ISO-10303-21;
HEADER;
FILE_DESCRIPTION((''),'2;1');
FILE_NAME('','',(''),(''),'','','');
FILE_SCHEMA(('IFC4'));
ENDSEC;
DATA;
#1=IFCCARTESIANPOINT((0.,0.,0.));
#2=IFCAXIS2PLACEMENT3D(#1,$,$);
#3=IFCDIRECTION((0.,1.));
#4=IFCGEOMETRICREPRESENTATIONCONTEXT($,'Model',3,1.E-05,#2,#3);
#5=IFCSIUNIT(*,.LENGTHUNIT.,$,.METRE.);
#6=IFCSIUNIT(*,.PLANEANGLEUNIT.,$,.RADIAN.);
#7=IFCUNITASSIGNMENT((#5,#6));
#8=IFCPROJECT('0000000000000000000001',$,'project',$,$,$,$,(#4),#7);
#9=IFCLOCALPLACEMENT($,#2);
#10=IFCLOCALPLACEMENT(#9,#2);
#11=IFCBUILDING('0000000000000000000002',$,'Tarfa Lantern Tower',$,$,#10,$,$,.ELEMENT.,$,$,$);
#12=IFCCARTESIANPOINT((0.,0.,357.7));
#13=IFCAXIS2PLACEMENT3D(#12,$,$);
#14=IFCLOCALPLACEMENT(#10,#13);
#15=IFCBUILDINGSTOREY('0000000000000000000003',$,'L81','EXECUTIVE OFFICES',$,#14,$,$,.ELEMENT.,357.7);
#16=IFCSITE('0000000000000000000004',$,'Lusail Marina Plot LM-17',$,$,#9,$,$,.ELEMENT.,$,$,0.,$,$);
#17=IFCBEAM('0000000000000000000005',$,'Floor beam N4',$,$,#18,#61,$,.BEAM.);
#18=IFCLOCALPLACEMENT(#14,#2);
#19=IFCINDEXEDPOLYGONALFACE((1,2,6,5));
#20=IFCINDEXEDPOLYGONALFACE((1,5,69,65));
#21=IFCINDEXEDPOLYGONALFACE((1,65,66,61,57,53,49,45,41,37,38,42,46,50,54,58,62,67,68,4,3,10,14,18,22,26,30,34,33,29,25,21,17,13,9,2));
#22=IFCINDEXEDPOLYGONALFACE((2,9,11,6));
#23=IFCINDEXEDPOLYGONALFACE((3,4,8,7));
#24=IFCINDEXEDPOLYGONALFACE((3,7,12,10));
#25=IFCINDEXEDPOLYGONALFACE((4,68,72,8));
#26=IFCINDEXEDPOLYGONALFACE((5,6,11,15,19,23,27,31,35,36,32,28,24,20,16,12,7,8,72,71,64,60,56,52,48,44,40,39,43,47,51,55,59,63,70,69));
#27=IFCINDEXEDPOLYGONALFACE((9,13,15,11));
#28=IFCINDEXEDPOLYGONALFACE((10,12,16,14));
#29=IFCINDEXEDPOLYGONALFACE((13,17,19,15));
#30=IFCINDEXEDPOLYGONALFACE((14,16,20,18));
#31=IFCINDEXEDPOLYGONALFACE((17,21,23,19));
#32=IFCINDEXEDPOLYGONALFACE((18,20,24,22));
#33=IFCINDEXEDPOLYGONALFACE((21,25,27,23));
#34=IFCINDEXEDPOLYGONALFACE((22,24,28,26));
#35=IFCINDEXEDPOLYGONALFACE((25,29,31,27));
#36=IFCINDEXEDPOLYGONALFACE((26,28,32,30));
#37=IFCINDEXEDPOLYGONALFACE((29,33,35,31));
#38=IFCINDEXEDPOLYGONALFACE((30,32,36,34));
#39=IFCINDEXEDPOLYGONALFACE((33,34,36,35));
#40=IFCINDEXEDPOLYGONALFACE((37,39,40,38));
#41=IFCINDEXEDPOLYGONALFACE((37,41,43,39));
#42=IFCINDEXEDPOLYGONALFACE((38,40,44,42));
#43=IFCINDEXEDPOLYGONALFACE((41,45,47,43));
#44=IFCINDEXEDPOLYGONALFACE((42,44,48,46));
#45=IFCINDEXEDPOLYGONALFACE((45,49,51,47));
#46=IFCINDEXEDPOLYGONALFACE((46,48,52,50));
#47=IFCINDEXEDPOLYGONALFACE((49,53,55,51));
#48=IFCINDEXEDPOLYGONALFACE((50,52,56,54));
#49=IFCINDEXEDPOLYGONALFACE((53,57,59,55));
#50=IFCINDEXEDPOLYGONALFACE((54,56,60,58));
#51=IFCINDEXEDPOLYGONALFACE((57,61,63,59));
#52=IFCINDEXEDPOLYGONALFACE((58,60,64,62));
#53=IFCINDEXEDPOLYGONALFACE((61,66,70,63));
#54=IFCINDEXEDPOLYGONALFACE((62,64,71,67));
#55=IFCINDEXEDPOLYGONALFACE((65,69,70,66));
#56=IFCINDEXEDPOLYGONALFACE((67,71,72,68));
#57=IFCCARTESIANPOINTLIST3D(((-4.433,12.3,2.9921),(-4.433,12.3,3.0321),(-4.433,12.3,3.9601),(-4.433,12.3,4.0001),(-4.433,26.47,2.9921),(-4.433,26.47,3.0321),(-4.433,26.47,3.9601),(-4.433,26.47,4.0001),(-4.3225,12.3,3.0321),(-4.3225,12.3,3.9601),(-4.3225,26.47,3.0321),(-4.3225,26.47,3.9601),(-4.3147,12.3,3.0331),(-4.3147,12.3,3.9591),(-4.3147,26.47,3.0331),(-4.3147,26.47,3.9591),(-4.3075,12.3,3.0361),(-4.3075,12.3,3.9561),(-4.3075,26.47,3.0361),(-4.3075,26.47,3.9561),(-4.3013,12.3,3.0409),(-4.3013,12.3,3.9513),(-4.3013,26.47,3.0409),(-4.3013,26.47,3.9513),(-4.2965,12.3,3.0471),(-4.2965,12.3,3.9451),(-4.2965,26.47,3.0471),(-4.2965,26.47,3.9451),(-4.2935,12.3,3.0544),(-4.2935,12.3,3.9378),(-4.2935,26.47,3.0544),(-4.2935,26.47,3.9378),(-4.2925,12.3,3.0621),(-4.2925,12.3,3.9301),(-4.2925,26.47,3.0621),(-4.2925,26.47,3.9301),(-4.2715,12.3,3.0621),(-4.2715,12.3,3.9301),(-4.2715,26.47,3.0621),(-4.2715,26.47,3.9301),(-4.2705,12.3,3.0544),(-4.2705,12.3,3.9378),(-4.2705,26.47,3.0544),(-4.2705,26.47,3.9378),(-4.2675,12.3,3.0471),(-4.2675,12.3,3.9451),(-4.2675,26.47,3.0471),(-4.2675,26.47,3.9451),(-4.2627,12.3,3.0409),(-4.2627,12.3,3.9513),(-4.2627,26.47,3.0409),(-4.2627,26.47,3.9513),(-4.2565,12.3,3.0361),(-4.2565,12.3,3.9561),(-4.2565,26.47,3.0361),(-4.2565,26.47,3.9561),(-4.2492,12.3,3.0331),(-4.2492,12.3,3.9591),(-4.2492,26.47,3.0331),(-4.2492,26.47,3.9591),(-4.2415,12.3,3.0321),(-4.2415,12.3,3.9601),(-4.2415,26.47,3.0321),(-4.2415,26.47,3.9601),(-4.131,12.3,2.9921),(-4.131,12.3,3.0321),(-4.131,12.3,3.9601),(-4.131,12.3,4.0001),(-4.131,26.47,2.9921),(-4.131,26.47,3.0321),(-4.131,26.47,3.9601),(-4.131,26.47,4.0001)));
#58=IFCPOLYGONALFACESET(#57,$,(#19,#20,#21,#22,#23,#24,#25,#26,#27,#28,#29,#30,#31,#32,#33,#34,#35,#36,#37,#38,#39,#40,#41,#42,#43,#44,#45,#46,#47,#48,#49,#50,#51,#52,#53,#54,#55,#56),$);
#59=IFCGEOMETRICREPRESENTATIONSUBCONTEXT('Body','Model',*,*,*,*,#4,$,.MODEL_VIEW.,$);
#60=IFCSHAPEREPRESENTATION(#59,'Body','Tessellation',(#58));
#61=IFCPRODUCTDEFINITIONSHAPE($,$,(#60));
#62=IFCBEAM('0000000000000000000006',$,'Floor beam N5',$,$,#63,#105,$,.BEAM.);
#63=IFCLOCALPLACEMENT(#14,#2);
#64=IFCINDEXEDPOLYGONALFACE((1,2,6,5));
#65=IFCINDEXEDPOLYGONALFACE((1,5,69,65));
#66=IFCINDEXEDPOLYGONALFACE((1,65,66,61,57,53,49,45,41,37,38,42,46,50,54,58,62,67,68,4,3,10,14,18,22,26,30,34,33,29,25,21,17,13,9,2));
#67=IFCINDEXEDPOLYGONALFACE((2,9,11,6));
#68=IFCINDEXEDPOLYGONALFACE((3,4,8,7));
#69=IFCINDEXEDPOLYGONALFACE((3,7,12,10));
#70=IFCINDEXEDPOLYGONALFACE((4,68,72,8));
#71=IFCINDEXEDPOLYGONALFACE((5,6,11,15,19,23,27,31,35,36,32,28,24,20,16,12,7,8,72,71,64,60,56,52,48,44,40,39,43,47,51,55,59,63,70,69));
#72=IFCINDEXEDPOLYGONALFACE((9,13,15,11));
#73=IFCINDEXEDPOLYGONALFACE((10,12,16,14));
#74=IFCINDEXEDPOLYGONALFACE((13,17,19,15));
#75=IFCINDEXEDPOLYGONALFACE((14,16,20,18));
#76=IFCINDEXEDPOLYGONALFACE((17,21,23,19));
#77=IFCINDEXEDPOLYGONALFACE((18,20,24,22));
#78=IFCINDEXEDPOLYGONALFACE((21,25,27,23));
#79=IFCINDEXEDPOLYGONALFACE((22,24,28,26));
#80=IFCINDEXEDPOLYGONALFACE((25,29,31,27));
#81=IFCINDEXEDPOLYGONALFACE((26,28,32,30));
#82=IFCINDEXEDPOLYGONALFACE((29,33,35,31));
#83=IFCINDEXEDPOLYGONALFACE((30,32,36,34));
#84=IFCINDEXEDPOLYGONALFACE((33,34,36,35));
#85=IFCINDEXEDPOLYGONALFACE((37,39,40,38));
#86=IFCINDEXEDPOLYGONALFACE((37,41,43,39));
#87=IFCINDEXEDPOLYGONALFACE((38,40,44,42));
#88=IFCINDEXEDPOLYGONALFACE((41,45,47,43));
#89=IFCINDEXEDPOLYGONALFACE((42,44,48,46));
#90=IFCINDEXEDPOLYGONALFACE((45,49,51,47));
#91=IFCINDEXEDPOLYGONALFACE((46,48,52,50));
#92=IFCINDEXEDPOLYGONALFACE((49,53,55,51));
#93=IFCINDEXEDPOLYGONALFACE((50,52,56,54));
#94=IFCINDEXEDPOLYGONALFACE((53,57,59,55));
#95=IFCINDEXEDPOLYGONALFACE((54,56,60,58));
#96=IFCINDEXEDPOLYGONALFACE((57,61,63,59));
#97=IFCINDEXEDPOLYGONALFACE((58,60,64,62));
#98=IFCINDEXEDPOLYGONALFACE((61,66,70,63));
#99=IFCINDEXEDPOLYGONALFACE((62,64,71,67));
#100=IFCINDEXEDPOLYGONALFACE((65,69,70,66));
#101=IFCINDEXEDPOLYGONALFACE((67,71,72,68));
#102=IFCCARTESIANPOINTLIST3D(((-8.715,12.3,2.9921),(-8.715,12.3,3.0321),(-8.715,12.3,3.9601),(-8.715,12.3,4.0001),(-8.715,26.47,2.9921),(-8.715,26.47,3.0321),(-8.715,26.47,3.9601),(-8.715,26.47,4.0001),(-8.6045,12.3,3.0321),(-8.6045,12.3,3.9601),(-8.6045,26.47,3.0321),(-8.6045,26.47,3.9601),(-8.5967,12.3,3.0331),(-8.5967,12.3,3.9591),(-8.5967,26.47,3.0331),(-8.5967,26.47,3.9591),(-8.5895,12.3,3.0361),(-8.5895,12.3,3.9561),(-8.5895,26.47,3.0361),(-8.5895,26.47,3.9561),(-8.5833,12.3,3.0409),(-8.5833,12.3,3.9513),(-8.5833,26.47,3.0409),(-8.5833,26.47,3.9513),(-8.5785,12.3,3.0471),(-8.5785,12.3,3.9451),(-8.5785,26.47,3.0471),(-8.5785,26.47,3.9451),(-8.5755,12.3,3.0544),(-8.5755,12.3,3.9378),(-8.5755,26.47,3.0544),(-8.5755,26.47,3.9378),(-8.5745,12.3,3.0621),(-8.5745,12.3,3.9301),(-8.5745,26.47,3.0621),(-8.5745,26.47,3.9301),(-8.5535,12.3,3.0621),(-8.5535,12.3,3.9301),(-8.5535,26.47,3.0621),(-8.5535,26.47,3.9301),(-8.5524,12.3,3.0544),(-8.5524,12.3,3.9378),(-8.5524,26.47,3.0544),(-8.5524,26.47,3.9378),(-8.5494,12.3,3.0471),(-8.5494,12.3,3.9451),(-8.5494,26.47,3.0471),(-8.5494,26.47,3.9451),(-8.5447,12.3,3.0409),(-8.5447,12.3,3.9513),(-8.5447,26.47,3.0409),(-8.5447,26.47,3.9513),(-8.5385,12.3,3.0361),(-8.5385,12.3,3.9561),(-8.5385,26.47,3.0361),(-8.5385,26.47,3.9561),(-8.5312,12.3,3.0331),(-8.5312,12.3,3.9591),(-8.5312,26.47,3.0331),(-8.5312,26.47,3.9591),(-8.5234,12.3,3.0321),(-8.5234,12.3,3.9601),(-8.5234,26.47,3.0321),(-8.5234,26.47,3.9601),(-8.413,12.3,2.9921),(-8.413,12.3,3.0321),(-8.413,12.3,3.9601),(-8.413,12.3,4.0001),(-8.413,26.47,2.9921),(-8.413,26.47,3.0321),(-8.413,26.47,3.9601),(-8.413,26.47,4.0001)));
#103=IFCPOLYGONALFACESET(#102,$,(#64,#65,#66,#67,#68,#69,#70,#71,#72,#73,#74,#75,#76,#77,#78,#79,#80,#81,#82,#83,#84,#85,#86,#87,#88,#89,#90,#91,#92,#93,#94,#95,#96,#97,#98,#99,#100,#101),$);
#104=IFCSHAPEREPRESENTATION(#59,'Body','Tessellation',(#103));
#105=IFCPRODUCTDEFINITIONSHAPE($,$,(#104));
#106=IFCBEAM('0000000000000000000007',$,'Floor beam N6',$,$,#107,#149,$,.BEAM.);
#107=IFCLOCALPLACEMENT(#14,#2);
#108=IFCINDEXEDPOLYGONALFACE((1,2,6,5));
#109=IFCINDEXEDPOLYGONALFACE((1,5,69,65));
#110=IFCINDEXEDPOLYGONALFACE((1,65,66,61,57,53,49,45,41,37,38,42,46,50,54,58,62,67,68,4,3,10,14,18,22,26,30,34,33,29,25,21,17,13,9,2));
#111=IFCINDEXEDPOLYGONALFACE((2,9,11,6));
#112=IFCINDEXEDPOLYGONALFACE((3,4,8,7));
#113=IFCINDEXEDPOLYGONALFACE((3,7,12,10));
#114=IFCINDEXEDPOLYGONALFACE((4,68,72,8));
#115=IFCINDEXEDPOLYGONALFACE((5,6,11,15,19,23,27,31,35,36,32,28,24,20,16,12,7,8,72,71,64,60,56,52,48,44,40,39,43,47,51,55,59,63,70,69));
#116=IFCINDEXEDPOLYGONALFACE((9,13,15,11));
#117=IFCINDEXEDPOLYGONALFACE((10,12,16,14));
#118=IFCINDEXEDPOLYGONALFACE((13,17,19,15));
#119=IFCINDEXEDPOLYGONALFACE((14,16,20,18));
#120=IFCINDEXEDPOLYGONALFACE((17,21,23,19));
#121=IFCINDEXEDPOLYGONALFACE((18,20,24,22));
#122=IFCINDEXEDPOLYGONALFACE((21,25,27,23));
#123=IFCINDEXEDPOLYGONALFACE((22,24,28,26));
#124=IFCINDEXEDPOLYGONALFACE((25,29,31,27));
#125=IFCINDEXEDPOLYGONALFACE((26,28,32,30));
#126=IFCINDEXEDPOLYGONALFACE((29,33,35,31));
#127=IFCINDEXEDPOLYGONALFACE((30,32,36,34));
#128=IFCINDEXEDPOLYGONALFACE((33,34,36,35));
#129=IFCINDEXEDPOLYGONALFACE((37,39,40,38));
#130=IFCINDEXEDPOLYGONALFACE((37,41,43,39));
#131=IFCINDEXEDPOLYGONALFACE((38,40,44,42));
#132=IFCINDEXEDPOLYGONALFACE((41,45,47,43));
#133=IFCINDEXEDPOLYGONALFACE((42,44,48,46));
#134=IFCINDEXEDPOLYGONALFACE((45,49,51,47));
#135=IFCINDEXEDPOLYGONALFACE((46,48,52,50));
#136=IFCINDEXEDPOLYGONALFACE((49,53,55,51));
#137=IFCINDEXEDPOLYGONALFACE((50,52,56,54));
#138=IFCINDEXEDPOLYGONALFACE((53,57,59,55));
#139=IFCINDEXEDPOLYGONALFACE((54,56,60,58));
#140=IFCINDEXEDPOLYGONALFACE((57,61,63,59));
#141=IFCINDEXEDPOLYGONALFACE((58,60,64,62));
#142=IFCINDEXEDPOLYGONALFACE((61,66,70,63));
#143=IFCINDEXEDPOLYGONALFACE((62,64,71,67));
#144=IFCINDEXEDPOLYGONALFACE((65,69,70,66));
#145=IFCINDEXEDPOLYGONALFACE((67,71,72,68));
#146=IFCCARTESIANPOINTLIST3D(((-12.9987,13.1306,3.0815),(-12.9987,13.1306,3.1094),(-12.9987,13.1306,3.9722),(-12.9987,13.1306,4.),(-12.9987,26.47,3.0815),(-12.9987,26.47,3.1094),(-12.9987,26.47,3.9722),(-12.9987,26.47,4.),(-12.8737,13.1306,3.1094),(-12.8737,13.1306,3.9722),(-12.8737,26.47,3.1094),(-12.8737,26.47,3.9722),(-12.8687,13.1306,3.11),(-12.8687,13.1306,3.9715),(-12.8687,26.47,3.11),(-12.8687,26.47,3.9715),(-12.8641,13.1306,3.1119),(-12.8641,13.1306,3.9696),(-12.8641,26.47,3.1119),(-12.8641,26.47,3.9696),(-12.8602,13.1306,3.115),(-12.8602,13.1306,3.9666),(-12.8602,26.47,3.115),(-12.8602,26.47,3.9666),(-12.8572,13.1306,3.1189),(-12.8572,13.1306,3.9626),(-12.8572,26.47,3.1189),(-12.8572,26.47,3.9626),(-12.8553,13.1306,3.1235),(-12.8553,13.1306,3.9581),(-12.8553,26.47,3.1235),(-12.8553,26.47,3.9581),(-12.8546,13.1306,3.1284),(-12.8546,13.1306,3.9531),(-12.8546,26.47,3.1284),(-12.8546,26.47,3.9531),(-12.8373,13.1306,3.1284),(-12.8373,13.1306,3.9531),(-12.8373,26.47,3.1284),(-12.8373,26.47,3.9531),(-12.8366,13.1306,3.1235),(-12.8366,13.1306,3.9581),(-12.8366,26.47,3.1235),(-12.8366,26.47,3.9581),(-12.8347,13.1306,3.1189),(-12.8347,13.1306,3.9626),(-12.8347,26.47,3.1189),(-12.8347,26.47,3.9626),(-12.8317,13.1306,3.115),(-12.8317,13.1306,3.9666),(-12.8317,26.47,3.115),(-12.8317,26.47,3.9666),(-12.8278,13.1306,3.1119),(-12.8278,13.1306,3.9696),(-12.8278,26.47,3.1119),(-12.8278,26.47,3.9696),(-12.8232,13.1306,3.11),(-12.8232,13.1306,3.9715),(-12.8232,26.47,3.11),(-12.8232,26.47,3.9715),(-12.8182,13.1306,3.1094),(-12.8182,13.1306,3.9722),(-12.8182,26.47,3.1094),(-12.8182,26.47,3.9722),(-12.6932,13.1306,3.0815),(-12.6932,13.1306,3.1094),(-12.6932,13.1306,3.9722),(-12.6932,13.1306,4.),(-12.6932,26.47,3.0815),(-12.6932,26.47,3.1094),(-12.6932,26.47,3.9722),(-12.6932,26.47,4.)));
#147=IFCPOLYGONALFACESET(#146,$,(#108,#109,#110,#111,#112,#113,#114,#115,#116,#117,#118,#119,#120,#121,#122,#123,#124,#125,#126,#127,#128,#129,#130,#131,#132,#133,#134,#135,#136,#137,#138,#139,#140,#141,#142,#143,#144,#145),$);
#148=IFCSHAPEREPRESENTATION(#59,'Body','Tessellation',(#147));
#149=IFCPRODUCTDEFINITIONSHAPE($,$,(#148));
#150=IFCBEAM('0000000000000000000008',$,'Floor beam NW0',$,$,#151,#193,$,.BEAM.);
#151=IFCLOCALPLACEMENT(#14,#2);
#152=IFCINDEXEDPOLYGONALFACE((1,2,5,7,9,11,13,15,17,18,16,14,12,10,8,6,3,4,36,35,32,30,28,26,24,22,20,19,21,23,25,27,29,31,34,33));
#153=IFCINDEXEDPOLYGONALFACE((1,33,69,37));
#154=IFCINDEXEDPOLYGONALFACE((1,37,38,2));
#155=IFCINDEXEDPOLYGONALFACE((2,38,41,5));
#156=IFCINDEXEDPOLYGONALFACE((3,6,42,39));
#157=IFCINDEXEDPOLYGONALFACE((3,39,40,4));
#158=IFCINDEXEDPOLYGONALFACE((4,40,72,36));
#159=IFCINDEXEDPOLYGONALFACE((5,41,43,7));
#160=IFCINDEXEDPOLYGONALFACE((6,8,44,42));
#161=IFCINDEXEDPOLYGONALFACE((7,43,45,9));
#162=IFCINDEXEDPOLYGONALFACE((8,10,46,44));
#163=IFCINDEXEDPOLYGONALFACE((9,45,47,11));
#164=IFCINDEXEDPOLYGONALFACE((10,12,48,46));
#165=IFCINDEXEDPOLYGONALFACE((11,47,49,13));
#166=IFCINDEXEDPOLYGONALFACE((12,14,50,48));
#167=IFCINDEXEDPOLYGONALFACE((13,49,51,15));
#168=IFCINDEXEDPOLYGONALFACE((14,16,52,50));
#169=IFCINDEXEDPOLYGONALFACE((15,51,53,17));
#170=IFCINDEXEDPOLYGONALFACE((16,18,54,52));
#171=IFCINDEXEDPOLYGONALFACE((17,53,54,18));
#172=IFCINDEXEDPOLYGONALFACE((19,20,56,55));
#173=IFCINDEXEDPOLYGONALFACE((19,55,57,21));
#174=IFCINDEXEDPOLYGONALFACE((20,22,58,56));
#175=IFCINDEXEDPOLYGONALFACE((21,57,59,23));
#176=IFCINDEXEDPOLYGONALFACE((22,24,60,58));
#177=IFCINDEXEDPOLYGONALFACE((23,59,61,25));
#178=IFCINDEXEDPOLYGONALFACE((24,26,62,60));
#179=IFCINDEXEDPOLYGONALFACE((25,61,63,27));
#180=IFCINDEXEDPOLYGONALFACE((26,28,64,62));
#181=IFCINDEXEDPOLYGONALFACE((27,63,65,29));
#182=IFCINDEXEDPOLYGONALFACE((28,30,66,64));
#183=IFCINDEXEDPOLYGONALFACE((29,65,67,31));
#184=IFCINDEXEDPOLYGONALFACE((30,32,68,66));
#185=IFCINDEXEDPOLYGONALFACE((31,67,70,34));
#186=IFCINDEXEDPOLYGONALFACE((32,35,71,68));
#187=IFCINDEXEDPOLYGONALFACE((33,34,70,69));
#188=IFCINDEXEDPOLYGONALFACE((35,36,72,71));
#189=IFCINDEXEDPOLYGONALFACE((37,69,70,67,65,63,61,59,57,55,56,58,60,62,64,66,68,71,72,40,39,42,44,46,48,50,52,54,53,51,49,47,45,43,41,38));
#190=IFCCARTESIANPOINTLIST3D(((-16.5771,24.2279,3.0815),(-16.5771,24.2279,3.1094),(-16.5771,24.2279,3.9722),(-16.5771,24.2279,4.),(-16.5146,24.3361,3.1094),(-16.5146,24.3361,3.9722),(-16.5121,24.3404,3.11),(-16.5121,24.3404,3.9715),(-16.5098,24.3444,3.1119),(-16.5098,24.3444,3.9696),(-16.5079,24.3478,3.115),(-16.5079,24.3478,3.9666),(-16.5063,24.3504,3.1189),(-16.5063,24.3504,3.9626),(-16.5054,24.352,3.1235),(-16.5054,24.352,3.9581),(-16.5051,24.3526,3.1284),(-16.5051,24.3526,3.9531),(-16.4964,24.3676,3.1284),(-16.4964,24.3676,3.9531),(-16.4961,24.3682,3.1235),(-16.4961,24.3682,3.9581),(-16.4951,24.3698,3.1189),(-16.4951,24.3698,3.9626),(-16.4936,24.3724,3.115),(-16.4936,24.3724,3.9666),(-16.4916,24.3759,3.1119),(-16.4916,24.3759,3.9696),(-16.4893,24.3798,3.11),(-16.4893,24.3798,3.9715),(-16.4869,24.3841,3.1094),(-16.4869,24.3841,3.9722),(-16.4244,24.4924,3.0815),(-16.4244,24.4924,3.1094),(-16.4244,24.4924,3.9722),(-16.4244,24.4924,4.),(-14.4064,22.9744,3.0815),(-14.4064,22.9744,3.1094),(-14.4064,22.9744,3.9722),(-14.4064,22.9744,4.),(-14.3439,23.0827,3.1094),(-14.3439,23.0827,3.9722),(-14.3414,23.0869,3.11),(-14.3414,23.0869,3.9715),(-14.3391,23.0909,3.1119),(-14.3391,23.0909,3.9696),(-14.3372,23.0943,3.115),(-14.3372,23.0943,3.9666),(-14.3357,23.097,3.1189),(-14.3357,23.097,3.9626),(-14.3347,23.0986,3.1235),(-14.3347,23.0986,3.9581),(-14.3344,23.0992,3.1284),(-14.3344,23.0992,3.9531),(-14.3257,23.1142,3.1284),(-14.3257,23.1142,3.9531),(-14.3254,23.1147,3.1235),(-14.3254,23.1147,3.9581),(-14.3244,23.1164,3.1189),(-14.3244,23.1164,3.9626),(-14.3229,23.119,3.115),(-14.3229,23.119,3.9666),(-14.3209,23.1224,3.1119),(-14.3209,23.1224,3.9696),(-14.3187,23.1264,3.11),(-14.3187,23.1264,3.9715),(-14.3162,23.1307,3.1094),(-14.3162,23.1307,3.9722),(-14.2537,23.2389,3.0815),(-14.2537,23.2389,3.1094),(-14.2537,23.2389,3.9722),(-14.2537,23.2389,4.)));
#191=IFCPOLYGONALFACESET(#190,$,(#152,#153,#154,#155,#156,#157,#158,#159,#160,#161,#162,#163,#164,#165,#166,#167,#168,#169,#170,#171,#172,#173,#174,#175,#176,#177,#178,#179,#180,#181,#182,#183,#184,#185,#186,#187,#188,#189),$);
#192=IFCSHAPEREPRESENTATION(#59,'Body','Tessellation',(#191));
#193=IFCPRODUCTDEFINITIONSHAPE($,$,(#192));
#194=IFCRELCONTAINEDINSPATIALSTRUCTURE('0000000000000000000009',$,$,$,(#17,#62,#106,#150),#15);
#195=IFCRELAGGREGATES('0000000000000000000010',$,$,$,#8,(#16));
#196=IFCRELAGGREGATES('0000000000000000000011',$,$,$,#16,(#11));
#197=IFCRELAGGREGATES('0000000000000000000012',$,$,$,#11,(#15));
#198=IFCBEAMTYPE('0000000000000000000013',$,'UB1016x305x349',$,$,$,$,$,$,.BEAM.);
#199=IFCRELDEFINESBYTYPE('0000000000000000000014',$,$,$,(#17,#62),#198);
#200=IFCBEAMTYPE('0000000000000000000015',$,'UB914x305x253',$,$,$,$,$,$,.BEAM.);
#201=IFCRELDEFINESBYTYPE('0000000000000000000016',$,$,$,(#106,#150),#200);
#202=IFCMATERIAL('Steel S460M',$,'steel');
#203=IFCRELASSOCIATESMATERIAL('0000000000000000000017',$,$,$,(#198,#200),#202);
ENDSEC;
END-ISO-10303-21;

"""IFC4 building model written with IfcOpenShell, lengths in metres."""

from ifc_helpers import new_model, si_unit, direction, frame, origin, origin_2d, place, context, subcontext, project, spatial, i_section, extrude, material, material_profile, profile_set, type_object, element, save


model = new_model("IFC4")

# Units and contexts
model_context = context("Model", 3, precision=1e-05, world=origin(), true_north=direction((0.0, 1.0)))
body_context = subcontext(model_context, "Body", "Model", "MODEL_VIEW")
ifc_project = project(units=[si_unit("LENGTHUNIT", "METRE"), si_unit("PLANEANGLEUNIT", "RADIAN")], contexts=[model_context])

# Site, building, storey
site_placement = place(None, origin())
site = spatial("IfcSite", under=ifc_project, at=site_placement, Name="Lusail Marina Plot LM-17", CompositionType="ELEMENT", RefElevation=0.0)
building_placement = place(site_placement, origin())
building = spatial("IfcBuilding", under=site, at=building_placement, Name="Tarfa Lantern Tower", CompositionType="ELEMENT")
storey_placement = place(building_placement, frame((0.0, 0.0, 357.7)))
storey = spatial("IfcBuildingStorey", under=building, at=storey_placement, Name="L81", Description="EXECUTIVE OFFICES", CompositionType="ELEMENT", Elevation=357.7)

# Beams
ifc_material_1 = material(Name="Steel S460M", Category="steel")
ifc_material_profile_1 = material_profile(ifc_material_1, i_section(OverallWidth=0.302, OverallDepth=1.0081, WebThickness=0.021, FlangeThickness=0.04, FilletRadius=0.03, at=origin_2d()), Name="UB1016x305x349")
ifc_profile_set_1 = profile_set([ifc_material_profile_1], Name="Steel S460M")
beam_type_1 = type_object("IfcBeamType", Name="UB1016x305x349", PredefinedType="BEAM", material=ifc_profile_set_1)
for number, where, z_axis, x_axis, name in (
    (1, (-4.282, 26.47, 3.4961), (0.0, -1.0, 0.0), (1.0, 0.0, 0.0), "Floor beam N4"),
    (2, (-8.564, 26.47, 3.4961), (0.0, -1.0, 0.0), (1.0, 0.0, 0.0), "Floor beam N5"),
):
    element("IfcBeam", number, at=place(storey_placement, frame(where, z_axis=z_axis, x_axis=x_axis)), inside=storey, type_object=beam_type_1, Name=name, PredefinedType="BEAM", context=body_context, shape_type="SweptSolid", body=[
        extrude(i_section(OverallWidth=0.302, OverallDepth=1.0081, WebThickness=0.021, FlangeThickness=0.04, FilletRadius=0.03, at=origin_2d()), origin(), (0.0, 0.0, 1.0), 14.1699),
    ])
ifc_material_profile_2 = material_profile(ifc_material_1, i_section(OverallWidth=0.3054, OverallDepth=0.9185, WebThickness=0.0173, FlangeThickness=0.0278, FilletRadius=0.019, at=origin_2d()), Name="UB914x305x253")
ifc_profile_set_2 = profile_set([ifc_material_profile_2], Name="Steel S460M")
beam_type_2 = type_object("IfcBeamType", Name="UB914x305x253", PredefinedType="BEAM", material=ifc_profile_set_2)
beam_1_placement = place(storey_placement, frame((-12.8459, 26.47, 3.5408), z_axis=(0.0, -1.0, 0.0), x_axis=(1.0, 0.0, 0.0)))
element("IfcBeam", 3, at=beam_1_placement, inside=storey, type_object=beam_type_2, Name="Floor beam N6", PredefinedType="BEAM", context=body_context, shape_type="SweptSolid", body=[
    extrude(i_section(OverallWidth=0.3054, OverallDepth=0.9185, WebThickness=0.0173, FlangeThickness=0.0278, FilletRadius=0.019, at=origin_2d()), origin(), (0.0, 0.0, 1.0), 13.3394),
])
beam_2_placement = place(storey_placement, frame((-16.5007, 24.3601, 3.5408), z_axis=(0.865993, -0.500057, 0.0), x_axis=(0.500057, 0.865993, 0.0)))
element("IfcBeam", 4, at=beam_2_placement, inside=storey, type_object=beam_type_2, Name="Floor beam NW0", PredefinedType="BEAM", context=body_context, shape_type="SweptSolid", body=[
    extrude(i_section(OverallWidth=0.3054, OverallDepth=0.9185, WebThickness=0.0173, FlangeThickness=0.0278, FilletRadius=0.019, at=origin_2d()), origin(), (0.0, 0.0, 1.0), 2.5066),
])

save(model, "model.ifc")
